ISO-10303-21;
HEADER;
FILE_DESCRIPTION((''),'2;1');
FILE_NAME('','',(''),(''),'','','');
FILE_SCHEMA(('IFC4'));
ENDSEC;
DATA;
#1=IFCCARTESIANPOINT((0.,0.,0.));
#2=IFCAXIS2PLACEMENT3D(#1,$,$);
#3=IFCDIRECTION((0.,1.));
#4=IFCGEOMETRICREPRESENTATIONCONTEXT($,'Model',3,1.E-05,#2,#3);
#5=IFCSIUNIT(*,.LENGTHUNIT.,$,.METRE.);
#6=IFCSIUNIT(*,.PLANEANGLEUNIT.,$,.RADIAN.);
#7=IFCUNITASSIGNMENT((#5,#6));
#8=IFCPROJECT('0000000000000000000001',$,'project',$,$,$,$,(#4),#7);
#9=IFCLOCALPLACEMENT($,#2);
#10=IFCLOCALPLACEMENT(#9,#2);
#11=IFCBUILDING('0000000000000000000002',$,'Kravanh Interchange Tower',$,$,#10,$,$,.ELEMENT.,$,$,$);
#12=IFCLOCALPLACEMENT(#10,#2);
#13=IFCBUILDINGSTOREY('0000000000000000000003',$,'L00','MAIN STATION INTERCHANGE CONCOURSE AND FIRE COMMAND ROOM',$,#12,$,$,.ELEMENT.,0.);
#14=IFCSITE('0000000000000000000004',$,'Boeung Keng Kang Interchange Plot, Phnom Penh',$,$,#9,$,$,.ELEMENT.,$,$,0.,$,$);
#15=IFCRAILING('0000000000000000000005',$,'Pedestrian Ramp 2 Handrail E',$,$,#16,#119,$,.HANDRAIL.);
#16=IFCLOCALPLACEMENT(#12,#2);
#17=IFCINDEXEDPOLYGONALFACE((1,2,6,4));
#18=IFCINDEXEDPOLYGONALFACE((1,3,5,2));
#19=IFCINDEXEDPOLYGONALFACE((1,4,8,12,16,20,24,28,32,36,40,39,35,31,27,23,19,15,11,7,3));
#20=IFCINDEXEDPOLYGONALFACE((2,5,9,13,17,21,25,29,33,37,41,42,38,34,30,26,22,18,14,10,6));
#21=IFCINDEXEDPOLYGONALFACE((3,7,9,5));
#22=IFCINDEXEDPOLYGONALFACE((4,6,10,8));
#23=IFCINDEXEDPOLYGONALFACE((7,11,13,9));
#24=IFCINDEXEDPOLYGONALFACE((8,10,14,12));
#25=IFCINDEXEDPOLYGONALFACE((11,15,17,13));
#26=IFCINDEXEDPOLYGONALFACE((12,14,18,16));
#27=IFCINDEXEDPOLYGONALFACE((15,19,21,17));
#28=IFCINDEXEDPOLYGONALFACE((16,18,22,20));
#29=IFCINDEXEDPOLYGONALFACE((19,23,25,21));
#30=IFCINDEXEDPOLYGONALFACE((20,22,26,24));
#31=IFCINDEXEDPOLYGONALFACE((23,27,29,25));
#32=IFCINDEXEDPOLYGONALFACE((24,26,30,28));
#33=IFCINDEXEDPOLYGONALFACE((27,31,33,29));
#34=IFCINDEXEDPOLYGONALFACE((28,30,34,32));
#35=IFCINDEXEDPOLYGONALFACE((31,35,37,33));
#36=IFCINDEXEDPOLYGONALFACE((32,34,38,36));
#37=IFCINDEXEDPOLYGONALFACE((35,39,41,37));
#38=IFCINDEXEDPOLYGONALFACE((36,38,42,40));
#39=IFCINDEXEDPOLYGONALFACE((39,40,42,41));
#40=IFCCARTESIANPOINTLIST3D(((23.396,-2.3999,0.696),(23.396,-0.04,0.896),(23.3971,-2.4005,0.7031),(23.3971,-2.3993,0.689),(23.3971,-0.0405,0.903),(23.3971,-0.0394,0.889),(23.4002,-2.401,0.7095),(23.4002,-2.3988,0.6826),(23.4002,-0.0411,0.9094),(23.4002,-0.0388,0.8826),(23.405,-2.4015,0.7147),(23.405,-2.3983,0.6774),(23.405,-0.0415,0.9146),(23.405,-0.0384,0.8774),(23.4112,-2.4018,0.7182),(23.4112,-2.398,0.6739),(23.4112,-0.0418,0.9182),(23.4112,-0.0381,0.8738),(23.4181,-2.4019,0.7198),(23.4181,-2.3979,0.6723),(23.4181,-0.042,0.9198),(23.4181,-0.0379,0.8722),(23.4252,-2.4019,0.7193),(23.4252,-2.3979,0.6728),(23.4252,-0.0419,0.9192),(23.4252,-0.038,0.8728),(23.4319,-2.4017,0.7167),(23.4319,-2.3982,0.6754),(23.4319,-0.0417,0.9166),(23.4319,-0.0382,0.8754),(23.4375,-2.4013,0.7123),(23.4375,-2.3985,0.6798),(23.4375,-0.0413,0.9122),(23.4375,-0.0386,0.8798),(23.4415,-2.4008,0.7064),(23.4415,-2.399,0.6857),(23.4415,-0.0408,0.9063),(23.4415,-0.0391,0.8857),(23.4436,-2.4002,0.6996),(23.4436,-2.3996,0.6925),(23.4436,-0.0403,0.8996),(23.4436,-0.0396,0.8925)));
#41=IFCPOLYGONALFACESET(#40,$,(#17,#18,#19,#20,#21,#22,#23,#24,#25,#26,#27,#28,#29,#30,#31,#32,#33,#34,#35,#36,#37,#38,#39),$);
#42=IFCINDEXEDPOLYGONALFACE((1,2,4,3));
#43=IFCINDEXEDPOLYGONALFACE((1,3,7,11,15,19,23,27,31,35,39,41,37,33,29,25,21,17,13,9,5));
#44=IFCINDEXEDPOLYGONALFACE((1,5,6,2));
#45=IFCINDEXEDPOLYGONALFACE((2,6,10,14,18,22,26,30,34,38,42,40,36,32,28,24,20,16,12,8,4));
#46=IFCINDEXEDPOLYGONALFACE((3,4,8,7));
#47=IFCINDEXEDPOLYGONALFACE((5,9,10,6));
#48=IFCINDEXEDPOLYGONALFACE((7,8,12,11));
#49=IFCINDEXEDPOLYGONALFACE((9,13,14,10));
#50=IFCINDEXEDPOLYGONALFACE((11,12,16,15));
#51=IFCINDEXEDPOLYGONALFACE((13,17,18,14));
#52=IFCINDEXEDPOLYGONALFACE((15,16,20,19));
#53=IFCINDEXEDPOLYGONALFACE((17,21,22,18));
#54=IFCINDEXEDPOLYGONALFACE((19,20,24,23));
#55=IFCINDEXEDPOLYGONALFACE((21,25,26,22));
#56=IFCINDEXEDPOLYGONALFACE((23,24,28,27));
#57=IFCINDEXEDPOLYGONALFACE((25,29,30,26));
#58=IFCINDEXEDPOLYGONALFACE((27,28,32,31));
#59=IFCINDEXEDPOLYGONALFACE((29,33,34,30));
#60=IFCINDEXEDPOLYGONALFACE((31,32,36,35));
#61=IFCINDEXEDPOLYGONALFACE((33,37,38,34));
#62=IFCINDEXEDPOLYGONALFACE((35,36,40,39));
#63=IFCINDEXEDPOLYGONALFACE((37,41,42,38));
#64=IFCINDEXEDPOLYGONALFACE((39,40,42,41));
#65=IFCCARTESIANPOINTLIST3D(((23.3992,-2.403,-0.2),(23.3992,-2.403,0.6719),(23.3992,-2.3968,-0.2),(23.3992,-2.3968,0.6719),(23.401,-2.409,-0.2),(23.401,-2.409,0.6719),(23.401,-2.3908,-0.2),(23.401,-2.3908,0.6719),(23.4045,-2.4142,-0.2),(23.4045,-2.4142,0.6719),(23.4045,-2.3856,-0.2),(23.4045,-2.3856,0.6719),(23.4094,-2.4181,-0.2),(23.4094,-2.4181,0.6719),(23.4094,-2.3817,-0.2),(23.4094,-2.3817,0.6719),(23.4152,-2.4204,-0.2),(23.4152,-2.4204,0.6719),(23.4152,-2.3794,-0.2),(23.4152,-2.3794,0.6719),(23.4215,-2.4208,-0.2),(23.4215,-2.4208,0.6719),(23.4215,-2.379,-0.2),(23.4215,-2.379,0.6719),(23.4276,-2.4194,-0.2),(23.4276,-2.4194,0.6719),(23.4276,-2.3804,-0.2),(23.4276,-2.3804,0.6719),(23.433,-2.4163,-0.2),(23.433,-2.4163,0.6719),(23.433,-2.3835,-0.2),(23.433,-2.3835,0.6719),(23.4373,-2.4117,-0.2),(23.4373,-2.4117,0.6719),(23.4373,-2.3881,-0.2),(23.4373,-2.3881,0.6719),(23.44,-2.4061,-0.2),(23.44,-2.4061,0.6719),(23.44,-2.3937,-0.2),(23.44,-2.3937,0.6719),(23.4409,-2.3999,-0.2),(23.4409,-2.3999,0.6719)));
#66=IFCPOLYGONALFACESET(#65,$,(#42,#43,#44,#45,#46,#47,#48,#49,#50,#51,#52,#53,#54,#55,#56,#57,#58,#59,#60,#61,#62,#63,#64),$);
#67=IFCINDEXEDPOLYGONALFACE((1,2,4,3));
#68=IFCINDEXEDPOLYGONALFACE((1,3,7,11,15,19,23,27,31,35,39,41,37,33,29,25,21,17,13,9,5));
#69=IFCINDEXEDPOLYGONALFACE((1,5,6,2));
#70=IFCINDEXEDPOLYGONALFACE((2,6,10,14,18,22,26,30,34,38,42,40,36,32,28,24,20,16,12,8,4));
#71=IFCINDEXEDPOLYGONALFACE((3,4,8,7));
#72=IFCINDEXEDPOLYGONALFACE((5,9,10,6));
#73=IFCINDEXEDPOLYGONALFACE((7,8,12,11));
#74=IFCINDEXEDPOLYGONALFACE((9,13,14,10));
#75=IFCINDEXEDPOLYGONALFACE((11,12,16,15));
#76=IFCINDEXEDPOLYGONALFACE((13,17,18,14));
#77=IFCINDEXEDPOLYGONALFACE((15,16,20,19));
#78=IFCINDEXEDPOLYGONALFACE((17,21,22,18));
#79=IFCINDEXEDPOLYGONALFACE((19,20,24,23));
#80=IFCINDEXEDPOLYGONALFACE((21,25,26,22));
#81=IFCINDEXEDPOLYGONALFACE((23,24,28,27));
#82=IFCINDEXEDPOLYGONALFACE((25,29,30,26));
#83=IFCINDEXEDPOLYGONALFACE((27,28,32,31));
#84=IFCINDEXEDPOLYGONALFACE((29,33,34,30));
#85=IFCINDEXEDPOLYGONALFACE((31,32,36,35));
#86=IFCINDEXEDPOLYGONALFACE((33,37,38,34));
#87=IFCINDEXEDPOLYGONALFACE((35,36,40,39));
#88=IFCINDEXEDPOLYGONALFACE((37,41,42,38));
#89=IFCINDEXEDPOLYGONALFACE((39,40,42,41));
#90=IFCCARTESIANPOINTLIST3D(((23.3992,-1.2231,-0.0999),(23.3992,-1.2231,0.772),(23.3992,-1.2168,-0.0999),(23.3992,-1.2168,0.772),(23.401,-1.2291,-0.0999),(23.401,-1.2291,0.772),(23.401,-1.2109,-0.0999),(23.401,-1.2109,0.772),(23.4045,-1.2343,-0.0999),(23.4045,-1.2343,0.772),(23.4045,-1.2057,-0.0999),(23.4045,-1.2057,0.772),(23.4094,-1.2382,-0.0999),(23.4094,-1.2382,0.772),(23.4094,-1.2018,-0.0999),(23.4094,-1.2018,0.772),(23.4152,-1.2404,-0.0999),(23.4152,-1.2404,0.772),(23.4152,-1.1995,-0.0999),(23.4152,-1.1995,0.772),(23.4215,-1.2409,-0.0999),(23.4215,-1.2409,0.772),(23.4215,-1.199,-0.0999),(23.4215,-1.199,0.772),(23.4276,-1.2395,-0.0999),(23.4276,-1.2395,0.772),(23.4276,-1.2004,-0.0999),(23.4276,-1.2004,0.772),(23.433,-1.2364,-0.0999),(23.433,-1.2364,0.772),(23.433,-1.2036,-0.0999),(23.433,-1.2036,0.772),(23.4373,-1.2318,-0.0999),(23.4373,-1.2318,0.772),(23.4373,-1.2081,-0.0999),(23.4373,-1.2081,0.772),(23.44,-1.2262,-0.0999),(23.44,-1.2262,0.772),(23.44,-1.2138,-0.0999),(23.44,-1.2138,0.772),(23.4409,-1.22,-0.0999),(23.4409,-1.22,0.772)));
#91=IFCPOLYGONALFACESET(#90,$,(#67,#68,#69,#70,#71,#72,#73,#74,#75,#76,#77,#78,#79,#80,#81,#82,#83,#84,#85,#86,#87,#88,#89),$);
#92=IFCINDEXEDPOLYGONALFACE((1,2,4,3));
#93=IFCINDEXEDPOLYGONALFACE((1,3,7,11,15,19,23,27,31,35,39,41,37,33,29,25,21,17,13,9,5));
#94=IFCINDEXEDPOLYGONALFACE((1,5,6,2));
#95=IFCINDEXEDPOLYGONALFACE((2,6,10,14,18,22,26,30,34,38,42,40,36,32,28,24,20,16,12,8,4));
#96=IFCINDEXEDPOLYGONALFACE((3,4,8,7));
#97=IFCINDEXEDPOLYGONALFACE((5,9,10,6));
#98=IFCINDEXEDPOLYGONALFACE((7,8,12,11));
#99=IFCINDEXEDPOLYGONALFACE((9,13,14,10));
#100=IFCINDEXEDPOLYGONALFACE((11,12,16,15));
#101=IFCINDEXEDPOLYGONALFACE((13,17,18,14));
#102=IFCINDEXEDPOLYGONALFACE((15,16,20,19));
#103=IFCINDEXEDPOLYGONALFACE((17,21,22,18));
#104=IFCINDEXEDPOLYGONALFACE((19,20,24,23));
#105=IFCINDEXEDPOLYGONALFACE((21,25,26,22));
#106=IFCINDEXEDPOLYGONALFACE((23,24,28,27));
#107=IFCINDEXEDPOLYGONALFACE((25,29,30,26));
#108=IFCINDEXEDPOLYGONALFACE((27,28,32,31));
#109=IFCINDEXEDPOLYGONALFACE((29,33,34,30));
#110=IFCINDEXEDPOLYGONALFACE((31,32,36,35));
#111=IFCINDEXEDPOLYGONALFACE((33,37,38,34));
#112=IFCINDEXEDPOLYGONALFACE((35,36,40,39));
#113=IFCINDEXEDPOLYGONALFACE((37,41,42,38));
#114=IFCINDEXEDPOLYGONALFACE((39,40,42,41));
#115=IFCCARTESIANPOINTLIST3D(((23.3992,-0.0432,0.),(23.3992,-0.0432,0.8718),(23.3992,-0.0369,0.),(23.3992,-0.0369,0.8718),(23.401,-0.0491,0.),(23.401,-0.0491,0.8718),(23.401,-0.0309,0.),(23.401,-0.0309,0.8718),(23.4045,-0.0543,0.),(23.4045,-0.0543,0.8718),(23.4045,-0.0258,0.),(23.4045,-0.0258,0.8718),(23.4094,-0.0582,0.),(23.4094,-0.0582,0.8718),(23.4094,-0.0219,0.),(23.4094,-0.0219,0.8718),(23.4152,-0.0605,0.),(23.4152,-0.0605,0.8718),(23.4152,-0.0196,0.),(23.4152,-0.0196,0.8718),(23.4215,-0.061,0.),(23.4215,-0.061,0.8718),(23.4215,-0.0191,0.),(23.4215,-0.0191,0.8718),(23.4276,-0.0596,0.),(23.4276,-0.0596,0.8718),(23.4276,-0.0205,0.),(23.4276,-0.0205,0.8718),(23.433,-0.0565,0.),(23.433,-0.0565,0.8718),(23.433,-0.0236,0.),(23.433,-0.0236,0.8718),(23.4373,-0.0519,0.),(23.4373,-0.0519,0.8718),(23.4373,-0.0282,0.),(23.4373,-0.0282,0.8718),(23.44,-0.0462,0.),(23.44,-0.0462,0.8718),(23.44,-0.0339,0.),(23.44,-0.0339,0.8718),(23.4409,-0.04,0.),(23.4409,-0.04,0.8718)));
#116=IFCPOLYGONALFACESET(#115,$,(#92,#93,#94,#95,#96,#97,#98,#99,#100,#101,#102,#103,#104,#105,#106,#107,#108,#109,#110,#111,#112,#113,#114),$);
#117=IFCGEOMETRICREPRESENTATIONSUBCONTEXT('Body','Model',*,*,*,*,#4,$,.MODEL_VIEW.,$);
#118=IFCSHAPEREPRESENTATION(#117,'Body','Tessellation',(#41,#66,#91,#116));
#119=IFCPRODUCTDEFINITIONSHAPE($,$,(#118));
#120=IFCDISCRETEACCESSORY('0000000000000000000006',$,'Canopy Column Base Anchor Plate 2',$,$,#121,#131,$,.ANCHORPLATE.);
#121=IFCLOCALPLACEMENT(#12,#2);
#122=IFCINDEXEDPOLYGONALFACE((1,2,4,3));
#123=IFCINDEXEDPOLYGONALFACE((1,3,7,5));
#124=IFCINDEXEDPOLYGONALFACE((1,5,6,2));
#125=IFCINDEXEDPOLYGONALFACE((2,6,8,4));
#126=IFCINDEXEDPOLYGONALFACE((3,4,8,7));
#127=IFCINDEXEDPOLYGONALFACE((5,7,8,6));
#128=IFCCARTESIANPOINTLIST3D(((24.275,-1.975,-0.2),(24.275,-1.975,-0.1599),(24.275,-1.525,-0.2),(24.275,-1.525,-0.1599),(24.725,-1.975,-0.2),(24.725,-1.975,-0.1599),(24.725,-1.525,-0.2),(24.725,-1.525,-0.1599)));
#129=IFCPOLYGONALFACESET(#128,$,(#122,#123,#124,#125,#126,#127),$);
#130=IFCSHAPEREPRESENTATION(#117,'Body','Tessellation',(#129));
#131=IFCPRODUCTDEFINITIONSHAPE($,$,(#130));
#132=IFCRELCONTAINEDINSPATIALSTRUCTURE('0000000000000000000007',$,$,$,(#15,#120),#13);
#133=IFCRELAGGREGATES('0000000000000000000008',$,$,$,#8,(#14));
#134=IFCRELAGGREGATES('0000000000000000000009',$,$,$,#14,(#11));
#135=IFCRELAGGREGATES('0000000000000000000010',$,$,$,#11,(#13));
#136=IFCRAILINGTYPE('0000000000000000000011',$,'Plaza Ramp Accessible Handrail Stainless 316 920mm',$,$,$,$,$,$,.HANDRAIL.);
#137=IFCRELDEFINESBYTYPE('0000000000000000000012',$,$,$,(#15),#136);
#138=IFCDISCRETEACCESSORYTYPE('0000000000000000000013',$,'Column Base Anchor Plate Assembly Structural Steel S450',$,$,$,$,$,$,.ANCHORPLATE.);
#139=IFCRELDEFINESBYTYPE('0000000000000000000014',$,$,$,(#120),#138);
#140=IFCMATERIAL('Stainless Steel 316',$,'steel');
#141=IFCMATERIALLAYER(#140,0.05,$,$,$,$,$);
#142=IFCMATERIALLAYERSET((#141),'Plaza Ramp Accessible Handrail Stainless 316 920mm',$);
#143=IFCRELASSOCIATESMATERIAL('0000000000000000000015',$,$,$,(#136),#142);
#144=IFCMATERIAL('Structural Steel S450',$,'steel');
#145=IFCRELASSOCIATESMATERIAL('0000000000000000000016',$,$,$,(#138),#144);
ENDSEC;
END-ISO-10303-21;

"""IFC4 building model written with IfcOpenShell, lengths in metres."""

from ifc_helpers import new_model, si_unit, direction, frame, origin, origin_2d, place, context, subcontext, project, spatial, rectangle, circle, extrude, material, layer, layer_set, type_object, element, save


model = new_model("IFC4")

# Units and contexts
model_context = context("Model", 3, precision=1e-05, world=origin(), true_north=direction((0.0, 1.0)))
body_context = subcontext(model_context, "Body", "Model", "MODEL_VIEW")
ifc_project = project(units=[si_unit("LENGTHUNIT", "METRE"), si_unit("PLANEANGLEUNIT", "RADIAN")], contexts=[model_context])

# Site, building, storey
site_placement = place(None, origin())
site = spatial("IfcSite", under=ifc_project, at=site_placement, Name="Boeung Keng Kang Interchange Plot, Phnom Penh", CompositionType="ELEMENT", RefElevation=0.0)
building_placement = place(site_placement, origin())
building = spatial("IfcBuilding", under=site, at=building_placement, Name="Kravanh Interchange Tower", CompositionType="ELEMENT")
storey_placement = place(building_placement, origin())
storey = spatial("IfcBuildingStorey", under=building, at=storey_placement, Name="L00", Description="MAIN STATION INTERCHANGE CONCOURSE AND FIRE COMMAND ROOM", CompositionType="ELEMENT", Elevation=0.0)

# Railing
ifc_material_1 = material(Name="Stainless Steel 316", Category="steel")
ifc_layer_1 = layer(ifc_material_1, 0.05)
ifc_layer_set_1 = layer_set([ifc_layer_1], Name="Plaza Ramp Accessible Handrail Stainless 316 920mm")
railing_type = type_object("IfcRailingType", Name="Plaza Ramp Accessible Handrail Stainless 316 920mm", PredefinedType="HANDRAIL", material=ifc_layer_set_1)
for number, where, name in (
    (1, (23.4199, -2.3999, -0.2), "Pedestrian Ramp 2 Handrail E"),
):
    element("IfcRailing", number, at=place(storey_placement, frame(where)), inside=storey, type_object=railing_type, Name=name, PredefinedType="HANDRAIL", context=body_context, shape_type="SweptSolid", body=[
        extrude(circle(Radius=0.0239, at=origin_2d()), frame((0.0, 0.0, 0.896), z_axis=(0.0, 0.99643, 0.084427), x_axis=(-1.0, 0.0, 0.0)), (0.0, 0.0, 1.0), 2.3684),
        extrude(circle(Radius=0.021, at=origin_2d()), origin(), (0.0, 0.0, 1.0), 0.8718),
        extrude(circle(Radius=0.021, at=origin_2d()), frame((0.0, 1.1799, 0.1001)), (0.0, 0.0, 1.0), 0.8718),
        extrude(circle(Radius=0.021, at=origin_2d()), frame((0.0, 2.3599, 0.2)), (0.0, 0.0, 1.0), 0.8718),
    ])

# Discrete accessory
ifc_material_2 = material(Name="Structural Steel S450", Category="steel")
discrete_accessory_type = type_object("IfcDiscreteAccessoryType", Name="Column Base Anchor Plate Assembly Structural Steel S450", PredefinedType="ANCHORPLATE", material=ifc_material_2)
discrete_accessory_placement = place(storey_placement, frame((24.5, -1.75, -0.2), z_axis=(0.0, 0.0, 1.0), x_axis=(1.0, 0.0, 0.0)))
element("IfcDiscreteAccessory", 2, at=discrete_accessory_placement, inside=storey, type_object=discrete_accessory_type, Name="Canopy Column Base Anchor Plate 2", PredefinedType="ANCHORPLATE", context=body_context, shape_type="SweptSolid", body=[
    extrude(rectangle(XDim=0.45, YDim=0.45, at=origin_2d()), origin(), (0.0, 0.0, 1.0), 0.04),
])

save(model, "model.ifc")
